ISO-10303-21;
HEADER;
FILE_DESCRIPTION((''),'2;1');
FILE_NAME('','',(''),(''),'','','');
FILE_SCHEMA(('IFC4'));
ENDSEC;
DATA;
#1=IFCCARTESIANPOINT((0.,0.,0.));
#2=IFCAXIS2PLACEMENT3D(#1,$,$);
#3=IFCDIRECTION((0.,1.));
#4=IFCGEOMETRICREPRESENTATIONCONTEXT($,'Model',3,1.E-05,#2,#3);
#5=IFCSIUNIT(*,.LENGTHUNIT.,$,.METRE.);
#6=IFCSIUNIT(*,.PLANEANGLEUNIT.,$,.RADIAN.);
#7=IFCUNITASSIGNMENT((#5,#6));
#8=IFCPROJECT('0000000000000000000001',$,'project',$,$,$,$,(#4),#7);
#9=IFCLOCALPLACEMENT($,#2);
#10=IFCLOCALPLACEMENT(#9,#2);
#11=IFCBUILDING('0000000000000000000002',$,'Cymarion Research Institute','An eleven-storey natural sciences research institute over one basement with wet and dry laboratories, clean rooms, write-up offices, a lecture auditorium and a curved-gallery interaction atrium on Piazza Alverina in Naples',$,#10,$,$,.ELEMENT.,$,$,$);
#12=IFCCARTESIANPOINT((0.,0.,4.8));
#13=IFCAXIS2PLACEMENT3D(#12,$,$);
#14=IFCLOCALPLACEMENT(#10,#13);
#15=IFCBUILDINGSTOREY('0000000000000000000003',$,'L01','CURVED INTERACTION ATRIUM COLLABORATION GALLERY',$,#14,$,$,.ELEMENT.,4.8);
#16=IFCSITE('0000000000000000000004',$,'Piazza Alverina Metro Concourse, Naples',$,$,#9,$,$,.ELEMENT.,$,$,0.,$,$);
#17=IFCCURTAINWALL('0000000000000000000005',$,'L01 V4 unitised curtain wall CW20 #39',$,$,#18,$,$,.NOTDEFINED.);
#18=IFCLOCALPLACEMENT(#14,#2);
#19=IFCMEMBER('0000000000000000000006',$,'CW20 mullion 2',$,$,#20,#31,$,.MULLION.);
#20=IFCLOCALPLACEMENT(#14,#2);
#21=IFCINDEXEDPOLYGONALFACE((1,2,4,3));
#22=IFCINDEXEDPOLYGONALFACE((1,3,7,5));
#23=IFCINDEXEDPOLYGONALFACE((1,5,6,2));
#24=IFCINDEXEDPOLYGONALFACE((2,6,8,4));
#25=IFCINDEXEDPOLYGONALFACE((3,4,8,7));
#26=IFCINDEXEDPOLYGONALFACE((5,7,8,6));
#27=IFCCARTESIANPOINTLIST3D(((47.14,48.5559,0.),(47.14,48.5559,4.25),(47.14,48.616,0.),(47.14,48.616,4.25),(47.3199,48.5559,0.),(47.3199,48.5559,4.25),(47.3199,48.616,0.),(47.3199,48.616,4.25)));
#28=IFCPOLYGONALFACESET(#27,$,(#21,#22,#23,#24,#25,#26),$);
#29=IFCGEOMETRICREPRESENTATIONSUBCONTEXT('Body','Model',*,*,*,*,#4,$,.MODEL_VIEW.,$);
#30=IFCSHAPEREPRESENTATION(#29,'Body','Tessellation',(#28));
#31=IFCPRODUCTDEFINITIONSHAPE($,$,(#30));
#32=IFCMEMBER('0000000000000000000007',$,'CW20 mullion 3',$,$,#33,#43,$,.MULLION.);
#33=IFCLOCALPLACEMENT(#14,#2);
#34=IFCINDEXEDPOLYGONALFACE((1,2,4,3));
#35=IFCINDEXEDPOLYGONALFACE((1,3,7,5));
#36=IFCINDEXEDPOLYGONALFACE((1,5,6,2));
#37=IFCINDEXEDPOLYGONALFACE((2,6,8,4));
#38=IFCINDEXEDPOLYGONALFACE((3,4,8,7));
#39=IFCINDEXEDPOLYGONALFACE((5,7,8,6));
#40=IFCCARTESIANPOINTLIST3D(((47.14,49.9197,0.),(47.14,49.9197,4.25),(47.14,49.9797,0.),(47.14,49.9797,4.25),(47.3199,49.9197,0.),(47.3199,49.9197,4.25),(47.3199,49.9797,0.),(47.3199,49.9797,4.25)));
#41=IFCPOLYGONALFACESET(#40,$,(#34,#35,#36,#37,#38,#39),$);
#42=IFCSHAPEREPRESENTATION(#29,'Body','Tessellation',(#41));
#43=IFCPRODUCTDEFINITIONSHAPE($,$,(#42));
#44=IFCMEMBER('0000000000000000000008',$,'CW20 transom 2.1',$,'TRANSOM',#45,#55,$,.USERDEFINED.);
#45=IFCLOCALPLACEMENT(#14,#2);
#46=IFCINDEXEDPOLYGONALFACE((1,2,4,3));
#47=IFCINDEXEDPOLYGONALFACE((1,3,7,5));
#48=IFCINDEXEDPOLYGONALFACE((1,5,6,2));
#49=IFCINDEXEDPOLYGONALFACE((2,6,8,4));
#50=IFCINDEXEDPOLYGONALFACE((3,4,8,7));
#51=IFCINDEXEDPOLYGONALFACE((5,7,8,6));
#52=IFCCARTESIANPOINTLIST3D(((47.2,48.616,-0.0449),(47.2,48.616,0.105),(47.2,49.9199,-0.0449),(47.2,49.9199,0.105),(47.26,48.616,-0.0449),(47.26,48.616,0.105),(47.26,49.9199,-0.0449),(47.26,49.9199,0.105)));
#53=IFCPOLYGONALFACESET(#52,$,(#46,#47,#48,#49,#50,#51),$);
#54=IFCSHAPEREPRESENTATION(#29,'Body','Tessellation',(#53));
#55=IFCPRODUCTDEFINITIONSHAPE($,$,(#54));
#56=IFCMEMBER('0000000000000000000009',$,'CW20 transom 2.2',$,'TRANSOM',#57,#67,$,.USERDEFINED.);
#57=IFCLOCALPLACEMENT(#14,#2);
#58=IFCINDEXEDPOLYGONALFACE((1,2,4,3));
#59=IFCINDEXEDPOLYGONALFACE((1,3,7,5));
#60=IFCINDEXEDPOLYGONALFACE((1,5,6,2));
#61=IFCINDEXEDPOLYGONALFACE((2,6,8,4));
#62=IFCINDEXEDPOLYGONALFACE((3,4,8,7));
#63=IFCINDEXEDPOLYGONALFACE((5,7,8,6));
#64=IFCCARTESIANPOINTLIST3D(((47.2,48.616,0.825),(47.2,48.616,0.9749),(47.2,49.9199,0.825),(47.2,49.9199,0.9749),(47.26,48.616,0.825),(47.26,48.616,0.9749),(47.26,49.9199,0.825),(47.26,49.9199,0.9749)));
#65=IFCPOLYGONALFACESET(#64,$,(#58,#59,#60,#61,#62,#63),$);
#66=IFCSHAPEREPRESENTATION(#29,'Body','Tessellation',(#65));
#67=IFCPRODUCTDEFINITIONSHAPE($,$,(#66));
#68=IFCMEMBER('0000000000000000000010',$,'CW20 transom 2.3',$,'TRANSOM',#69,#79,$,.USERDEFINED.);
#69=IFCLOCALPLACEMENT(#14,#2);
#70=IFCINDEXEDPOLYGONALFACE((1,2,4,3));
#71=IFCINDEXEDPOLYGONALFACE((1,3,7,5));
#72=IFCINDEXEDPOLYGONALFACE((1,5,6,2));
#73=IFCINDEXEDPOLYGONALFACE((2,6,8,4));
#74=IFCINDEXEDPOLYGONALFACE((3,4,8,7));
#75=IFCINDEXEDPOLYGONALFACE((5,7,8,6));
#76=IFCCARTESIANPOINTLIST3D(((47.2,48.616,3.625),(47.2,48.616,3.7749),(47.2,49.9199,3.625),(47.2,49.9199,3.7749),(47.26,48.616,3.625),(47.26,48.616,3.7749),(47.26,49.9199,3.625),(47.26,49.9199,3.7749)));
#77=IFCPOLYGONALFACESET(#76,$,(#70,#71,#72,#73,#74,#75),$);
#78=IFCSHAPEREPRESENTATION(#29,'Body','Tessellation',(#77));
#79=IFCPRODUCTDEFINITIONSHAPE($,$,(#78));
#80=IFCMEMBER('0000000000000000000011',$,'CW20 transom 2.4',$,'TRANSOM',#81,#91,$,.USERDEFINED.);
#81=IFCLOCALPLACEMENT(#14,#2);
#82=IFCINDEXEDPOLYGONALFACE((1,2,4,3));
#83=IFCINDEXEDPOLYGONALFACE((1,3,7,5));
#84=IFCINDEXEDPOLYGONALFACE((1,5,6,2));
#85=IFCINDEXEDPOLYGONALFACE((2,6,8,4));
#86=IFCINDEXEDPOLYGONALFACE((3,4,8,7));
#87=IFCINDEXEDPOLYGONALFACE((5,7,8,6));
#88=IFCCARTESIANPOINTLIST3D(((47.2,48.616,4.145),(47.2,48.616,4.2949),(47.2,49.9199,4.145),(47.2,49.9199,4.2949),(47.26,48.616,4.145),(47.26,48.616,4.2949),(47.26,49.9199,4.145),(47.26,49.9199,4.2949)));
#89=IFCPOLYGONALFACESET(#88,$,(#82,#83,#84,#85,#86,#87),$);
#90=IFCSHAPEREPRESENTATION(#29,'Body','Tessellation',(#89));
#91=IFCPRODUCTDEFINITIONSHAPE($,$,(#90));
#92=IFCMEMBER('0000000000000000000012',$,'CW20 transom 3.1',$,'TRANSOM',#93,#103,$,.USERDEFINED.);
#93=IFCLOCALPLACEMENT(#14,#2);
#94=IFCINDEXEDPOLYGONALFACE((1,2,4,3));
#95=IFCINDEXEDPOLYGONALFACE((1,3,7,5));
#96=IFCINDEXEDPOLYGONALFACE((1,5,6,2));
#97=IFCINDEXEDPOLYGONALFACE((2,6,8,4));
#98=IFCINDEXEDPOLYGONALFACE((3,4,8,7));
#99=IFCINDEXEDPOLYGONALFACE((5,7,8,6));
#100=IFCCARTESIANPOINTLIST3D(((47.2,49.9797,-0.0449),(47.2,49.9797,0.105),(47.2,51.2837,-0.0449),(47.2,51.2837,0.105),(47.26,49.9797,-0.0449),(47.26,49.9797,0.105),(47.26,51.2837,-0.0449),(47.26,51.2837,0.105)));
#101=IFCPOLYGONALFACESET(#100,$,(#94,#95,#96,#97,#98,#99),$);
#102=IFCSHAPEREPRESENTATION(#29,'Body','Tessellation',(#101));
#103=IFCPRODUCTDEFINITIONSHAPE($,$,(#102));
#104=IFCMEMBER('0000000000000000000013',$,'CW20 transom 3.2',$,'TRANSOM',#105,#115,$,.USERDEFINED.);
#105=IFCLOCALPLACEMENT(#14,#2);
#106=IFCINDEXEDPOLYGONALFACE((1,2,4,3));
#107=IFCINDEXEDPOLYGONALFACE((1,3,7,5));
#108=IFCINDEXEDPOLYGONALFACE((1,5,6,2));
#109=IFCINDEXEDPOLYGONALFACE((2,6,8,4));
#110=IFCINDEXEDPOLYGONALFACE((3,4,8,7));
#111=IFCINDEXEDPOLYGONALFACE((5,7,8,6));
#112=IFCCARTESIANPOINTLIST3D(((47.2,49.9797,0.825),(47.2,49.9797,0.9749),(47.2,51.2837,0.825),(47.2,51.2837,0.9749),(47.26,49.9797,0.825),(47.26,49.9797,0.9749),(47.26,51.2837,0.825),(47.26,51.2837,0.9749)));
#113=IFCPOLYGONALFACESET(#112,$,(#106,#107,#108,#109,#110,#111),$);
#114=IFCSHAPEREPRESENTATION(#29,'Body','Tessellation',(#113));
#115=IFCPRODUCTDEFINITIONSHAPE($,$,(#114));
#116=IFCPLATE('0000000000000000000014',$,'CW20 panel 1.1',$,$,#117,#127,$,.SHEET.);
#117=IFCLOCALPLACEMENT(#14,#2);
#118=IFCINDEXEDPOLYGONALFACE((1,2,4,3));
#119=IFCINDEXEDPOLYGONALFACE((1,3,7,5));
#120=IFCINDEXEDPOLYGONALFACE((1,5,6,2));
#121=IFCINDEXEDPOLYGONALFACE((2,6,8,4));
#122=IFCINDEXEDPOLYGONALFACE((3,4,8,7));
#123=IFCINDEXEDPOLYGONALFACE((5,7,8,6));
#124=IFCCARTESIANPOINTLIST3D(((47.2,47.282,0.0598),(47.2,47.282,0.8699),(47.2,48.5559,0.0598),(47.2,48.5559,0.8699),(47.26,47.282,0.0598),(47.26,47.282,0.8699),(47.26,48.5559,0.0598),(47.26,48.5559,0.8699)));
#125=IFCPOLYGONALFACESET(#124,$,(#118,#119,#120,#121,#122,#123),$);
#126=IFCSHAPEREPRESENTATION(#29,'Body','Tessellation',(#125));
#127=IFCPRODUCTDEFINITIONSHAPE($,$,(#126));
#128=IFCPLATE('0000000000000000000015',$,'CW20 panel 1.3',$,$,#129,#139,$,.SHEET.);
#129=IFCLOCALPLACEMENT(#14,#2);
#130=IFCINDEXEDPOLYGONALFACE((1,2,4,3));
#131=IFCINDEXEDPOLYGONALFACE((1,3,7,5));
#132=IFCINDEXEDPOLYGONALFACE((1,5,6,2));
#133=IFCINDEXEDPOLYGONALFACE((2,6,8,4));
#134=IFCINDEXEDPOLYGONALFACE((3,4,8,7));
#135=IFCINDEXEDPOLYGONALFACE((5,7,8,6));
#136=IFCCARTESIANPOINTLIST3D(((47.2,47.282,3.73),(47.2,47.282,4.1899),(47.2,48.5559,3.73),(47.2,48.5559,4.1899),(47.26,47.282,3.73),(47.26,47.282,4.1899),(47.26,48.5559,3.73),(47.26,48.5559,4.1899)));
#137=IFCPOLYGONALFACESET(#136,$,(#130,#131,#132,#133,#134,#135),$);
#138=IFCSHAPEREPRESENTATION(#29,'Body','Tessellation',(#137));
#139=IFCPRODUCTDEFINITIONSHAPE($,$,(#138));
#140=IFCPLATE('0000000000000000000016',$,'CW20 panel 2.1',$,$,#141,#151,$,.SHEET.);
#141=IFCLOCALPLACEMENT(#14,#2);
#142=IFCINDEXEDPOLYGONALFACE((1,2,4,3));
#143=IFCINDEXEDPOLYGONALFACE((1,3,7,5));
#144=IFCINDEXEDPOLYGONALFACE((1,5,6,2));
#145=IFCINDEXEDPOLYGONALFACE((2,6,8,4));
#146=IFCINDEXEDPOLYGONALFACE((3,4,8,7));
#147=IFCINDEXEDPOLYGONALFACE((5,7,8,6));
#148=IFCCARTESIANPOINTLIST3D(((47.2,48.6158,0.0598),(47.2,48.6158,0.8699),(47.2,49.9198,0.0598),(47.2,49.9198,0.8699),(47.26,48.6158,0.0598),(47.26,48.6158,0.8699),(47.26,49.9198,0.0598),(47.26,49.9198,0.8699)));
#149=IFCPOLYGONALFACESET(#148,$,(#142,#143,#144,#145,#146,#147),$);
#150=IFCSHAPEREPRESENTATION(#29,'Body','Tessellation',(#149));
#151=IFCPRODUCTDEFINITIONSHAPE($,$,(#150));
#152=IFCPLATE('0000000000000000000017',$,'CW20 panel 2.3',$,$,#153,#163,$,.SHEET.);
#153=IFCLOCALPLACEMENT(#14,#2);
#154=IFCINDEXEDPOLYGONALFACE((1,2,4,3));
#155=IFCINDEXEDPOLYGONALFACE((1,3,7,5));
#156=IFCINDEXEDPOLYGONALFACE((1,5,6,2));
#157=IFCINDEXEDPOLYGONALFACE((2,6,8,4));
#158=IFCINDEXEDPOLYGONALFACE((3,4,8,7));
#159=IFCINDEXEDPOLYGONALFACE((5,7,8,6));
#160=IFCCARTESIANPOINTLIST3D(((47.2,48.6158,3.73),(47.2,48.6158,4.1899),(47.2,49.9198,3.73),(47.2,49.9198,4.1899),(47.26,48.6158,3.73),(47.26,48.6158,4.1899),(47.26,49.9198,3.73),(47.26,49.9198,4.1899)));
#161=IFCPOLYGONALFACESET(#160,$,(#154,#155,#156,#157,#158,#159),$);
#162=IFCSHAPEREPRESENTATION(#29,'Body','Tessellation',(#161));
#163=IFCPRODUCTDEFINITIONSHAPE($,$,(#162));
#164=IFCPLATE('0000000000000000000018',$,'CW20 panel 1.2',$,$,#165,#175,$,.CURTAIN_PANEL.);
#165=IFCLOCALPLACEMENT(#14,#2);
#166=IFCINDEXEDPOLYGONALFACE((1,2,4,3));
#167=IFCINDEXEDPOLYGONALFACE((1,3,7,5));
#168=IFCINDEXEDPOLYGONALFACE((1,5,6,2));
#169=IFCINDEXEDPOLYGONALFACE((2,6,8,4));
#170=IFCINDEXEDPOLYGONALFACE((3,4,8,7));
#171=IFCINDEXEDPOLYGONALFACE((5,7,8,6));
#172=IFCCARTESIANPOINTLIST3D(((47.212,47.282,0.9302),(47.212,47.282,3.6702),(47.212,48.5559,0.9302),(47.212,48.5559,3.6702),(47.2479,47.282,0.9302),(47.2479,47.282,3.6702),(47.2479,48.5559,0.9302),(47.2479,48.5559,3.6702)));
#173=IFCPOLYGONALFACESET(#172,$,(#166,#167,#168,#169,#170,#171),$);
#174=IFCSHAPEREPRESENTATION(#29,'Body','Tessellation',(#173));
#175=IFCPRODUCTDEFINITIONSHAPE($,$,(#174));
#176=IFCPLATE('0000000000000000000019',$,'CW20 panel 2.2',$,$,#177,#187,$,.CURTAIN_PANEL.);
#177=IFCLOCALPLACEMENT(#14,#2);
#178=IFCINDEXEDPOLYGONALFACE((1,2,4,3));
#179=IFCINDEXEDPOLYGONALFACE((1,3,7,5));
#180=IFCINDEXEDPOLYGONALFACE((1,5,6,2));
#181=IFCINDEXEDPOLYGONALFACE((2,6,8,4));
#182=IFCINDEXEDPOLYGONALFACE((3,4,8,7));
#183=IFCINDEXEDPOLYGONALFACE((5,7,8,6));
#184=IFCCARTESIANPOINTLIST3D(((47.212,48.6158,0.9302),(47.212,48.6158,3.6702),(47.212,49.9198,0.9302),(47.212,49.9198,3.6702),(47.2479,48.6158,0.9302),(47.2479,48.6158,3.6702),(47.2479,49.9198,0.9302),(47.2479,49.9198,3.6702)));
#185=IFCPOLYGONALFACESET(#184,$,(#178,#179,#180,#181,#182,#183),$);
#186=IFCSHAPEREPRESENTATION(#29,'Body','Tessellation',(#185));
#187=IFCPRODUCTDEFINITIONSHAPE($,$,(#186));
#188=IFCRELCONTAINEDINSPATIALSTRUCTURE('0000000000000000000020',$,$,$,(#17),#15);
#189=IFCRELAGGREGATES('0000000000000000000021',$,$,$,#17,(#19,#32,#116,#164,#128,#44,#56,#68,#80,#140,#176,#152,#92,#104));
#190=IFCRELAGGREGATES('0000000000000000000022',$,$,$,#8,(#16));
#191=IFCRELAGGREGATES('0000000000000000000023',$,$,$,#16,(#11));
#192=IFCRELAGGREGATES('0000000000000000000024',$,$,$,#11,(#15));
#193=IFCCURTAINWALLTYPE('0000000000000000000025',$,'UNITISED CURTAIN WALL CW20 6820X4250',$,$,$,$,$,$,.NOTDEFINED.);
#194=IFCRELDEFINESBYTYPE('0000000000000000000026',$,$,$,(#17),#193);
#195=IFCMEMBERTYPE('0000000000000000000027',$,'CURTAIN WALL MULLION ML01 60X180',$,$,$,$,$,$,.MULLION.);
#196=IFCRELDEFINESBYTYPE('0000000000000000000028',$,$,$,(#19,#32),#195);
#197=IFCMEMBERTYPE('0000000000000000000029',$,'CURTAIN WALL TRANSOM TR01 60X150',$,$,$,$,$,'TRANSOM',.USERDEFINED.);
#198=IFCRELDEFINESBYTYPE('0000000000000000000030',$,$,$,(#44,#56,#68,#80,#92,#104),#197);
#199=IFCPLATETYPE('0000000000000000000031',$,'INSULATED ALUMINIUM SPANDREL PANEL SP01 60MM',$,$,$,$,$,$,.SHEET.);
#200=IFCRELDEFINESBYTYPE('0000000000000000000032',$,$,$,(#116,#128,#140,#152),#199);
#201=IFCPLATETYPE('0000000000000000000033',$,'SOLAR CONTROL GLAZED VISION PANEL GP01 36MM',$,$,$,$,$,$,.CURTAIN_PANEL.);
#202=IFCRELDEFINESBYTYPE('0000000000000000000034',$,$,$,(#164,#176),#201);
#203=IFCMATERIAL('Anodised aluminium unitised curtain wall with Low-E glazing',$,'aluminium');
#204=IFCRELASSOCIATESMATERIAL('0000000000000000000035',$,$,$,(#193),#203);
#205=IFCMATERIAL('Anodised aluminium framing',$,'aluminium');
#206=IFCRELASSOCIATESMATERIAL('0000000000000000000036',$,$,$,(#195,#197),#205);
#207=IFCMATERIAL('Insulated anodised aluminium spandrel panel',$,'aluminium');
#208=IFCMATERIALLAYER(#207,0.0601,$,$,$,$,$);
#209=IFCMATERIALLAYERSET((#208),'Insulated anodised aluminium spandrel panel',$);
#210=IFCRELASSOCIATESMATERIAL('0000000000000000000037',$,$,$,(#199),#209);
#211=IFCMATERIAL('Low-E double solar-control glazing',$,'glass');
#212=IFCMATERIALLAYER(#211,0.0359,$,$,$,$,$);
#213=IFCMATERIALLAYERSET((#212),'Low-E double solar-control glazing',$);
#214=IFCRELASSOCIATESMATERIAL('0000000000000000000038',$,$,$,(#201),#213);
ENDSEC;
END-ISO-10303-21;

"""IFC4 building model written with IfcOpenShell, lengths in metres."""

from ifc_helpers import new_model, si_unit, direction, frame, origin, origin_2d, place, context, subcontext, project, spatial, rectangle, extrude, material, layer, layer_set, material_profile, profile_set, type_object, element, aggregate, save


model = new_model("IFC4")

# Units and contexts
model_context = context("Model", 3, precision=1e-05, world=origin(), true_north=direction((0.0, 1.0)))
body_context = subcontext(model_context, "Body", "Model", "MODEL_VIEW")
ifc_project = project(units=[si_unit("LENGTHUNIT", "METRE"), si_unit("PLANEANGLEUNIT", "RADIAN")], contexts=[model_context])

# Site, building, storey
site_placement = place(None, origin())
site = spatial("IfcSite", under=ifc_project, at=site_placement, Name="Piazza Alverina Metro Concourse, Naples", CompositionType="ELEMENT", RefElevation=0.0)
building_placement = place(site_placement, origin())
building = spatial("IfcBuilding", under=site, at=building_placement, Name="Cymarion Research Institute", Description="An eleven-storey natural sciences research institute over one basement with wet and dry laboratories, clean rooms, write-up offices, a lecture auditorium and a curved-gallery interaction atrium on Piazza Alverina in Naples", CompositionType="ELEMENT")
storey_placement = place(building_placement, frame((0.0, 0.0, 4.8)))
storey = spatial("IfcBuildingStorey", under=building, at=storey_placement, Name="L01", Description="CURVED INTERACTION ATRIUM COLLABORATION GALLERY", CompositionType="ELEMENT", Elevation=4.8)

# Curtain wall, members, plates
ifc_material_1 = material(Name="Anodised aluminium unitised curtain wall with Low-E glazing", Category="aluminium")
curtain_wall_type = type_object("IfcCurtainWallType", Name="UNITISED CURTAIN WALL CW20 6820X4250", PredefinedType="NOTDEFINED", material=ifc_material_1)
curtain_wall_placement = place(storey_placement, origin())
curtain_wall = element("IfcCurtainWall", 1, at=curtain_wall_placement, inside=storey, type_object=curtain_wall_type, Name="L01 V4 unitised curtain wall CW20 #39", PredefinedType="NOTDEFINED")
ifc_material_2 = material(Name="Anodised aluminium framing", Category="aluminium")
ifc_material_profile_1 = material_profile(ifc_material_2, rectangle(XDim=0.0601, YDim=0.1799, at=origin_2d()), Name="ALU MULLION 60x180")
ifc_profile_set_1 = profile_set([ifc_material_profile_1], Name="Anodised aluminium framing")
member_type_1 = type_object("IfcMemberType", Name="CURTAIN WALL MULLION ML01 60X180", PredefinedType="MULLION", material=ifc_profile_set_1)
member_1_placement = place(storey_placement, frame((47.23, 48.5859, 0.0), z_axis=(0.0, 0.0, 1.0), x_axis=(0.0, 1.0, 0.0)))
member_1 = element("IfcMember", 2, at=member_1_placement, type_object=member_type_1, Name="CW20 mullion 2", PredefinedType="MULLION", context=body_context, shape_type="SweptSolid", body=[
    extrude(rectangle(XDim=0.0601, YDim=0.1799, at=origin_2d()), origin(), (0.0, 0.0, 1.0), 4.25),
])
member_2_placement = place(storey_placement, frame((47.23, 49.9497, 0.0), z_axis=(0.0, 0.0, 1.0), x_axis=(0.0, 1.0, 0.0)))
member_2 = element("IfcMember", 3, at=member_2_placement, type_object=member_type_1, Name="CW20 mullion 3", PredefinedType="MULLION", context=body_context, shape_type="SweptSolid", body=[
    extrude(rectangle(XDim=0.0601, YDim=0.1799, at=origin_2d()), origin(), (0.0, 0.0, 1.0), 4.25),
])
ifc_material_profile_2 = material_profile(ifc_material_2, rectangle(XDim=0.0601, YDim=0.1499, at=origin_2d()), Name="ALU TRANSOM 60x150")
ifc_profile_set_2 = profile_set([ifc_material_profile_2], Name="Anodised aluminium framing")
member_type_2 = type_object("IfcMemberType", Name="CURTAIN WALL TRANSOM TR01 60X150", ElementType="TRANSOM", PredefinedType="USERDEFINED", material=ifc_profile_set_2)
member_3_placement = place(storey_placement, frame((47.23, 48.616, 0.03), z_axis=(0.0, 1.0, 0.0), x_axis=(-1.0, 0.0, 0.0)))
member_3 = element("IfcMember", 4, at=member_3_placement, type_object=member_type_2, Name="CW20 transom 2.1", ObjectType="TRANSOM", PredefinedType="USERDEFINED", context=body_context, shape_type="SweptSolid", body=[
    extrude(rectangle(XDim=0.0601, YDim=0.1499, at=origin_2d()), origin(), (0.0, 0.0, 1.0), 1.304),
])
member_4_placement = place(storey_placement, frame((47.23, 48.616, 0.8999), z_axis=(0.0, 1.0, 0.0), x_axis=(-1.0, 0.0, 0.0)))
member_4 = element("IfcMember", 5, at=member_4_placement, type_object=member_type_2, Name="CW20 transom 2.2", ObjectType="TRANSOM", PredefinedType="USERDEFINED", context=body_context, shape_type="SweptSolid", body=[
    extrude(rectangle(XDim=0.0601, YDim=0.1499, at=origin_2d()), origin(), (0.0, 0.0, 1.0), 1.304),
])
member_5_placement = place(storey_placement, frame((47.23, 48.616, 3.7), z_axis=(0.0, 1.0, 0.0), x_axis=(-1.0, 0.0, 0.0)))
member_5 = element("IfcMember", 6, at=member_5_placement, type_object=member_type_2, Name="CW20 transom 2.3", ObjectType="TRANSOM", PredefinedType="USERDEFINED", context=body_context, shape_type="SweptSolid", body=[
    extrude(rectangle(XDim=0.0601, YDim=0.1499, at=origin_2d()), origin(), (0.0, 0.0, 1.0), 1.304),
])
member_6_placement = place(storey_placement, frame((47.23, 48.616, 4.22), z_axis=(0.0, 1.0, 0.0), x_axis=(-1.0, 0.0, 0.0)))
member_6 = element("IfcMember", 7, at=member_6_placement, type_object=member_type_2, Name="CW20 transom 2.4", ObjectType="TRANSOM", PredefinedType="USERDEFINED", context=body_context, shape_type="SweptSolid", body=[
    extrude(rectangle(XDim=0.0601, YDim=0.1499, at=origin_2d()), origin(), (0.0, 0.0, 1.0), 1.304),
])
member_7_placement = place(storey_placement, frame((47.23, 49.9797, 0.03), z_axis=(0.0, 1.0, 0.0), x_axis=(-1.0, 0.0, 0.0)))
member_7 = element("IfcMember", 8, at=member_7_placement, type_object=member_type_2, Name="CW20 transom 3.1", ObjectType="TRANSOM", PredefinedType="USERDEFINED", context=body_context, shape_type="SweptSolid", body=[
    extrude(rectangle(XDim=0.0601, YDim=0.1499, at=origin_2d()), origin(), (0.0, 0.0, 1.0), 1.304),
])
member_8_placement = place(storey_placement, frame((47.23, 49.9797, 0.8999), z_axis=(0.0, 1.0, 0.0), x_axis=(-1.0, 0.0, 0.0)))
member_8 = element("IfcMember", 9, at=member_8_placement, type_object=member_type_2, Name="CW20 transom 3.2", ObjectType="TRANSOM", PredefinedType="USERDEFINED", context=body_context, shape_type="SweptSolid", body=[
    extrude(rectangle(XDim=0.0601, YDim=0.1499, at=origin_2d()), origin(), (0.0, 0.0, 1.0), 1.304),
])
ifc_material_3 = material(Name="Insulated anodised aluminium spandrel panel", Category="aluminium")
ifc_layer_1 = layer(ifc_material_3, 0.0601)
ifc_layer_set_1 = layer_set([ifc_layer_1], Name="Insulated anodised aluminium spandrel panel")
plate_type_1 = type_object("IfcPlateType", Name="INSULATED ALUMINIUM SPANDREL PANEL SP01 60MM", PredefinedType="SHEET", material=ifc_layer_set_1)
plate_1_placement = place(storey_placement, frame((47.23, 47.9189, 0.0598), z_axis=(0.0, 0.0, 1.0), x_axis=(0.0, 1.0, 0.0)))
plate_1 = element("IfcPlate", 10, at=plate_1_placement, type_object=plate_type_1, Name="CW20 panel 1.1", PredefinedType="SHEET", context=body_context, shape_type="SweptSolid", body=[
    extrude(rectangle(XDim=1.2739, YDim=0.0601, at=origin_2d()), origin(), (0.0, 0.0, 1.0), 0.8101),
])
plate_2_placement = place(storey_placement, frame((47.23, 47.9189, 3.73), z_axis=(0.0, 0.0, 1.0), x_axis=(0.0, 1.0, 0.0)))
plate_2 = element("IfcPlate", 11, at=plate_2_placement, type_object=plate_type_1, Name="CW20 panel 1.3", PredefinedType="SHEET", context=body_context, shape_type="SweptSolid", body=[
    extrude(rectangle(XDim=1.2739, YDim=0.0601, at=origin_2d()), origin(), (0.0, 0.0, 1.0), 0.46),
])
plate_3_placement = place(storey_placement, frame((47.23, 49.2678, 0.0598), z_axis=(0.0, 0.0, 1.0), x_axis=(0.0, 1.0, 0.0)))
plate_3 = element("IfcPlate", 12, at=plate_3_placement, type_object=plate_type_1, Name="CW20 panel 2.1", PredefinedType="SHEET", context=body_context, shape_type="SweptSolid", body=[
    extrude(rectangle(XDim=1.304, YDim=0.0601, at=origin_2d()), origin(), (0.0, 0.0, 1.0), 0.8101),
])
plate_4_placement = place(storey_placement, frame((47.23, 49.2678, 3.73), z_axis=(0.0, 0.0, 1.0), x_axis=(0.0, 1.0, 0.0)))
plate_4 = element("IfcPlate", 13, at=plate_4_placement, type_object=plate_type_1, Name="CW20 panel 2.3", PredefinedType="SHEET", context=body_context, shape_type="SweptSolid", body=[
    extrude(rectangle(XDim=1.304, YDim=0.0601, at=origin_2d()), origin(), (0.0, 0.0, 1.0), 0.46),
])
ifc_material_4 = material(Name="Low-E double solar-control glazing", Category="glass")
ifc_layer_2 = layer(ifc_material_4, 0.0359)
ifc_layer_set_2 = layer_set([ifc_layer_2], Name="Low-E double solar-control glazing")
plate_type_2 = type_object("IfcPlateType", Name="SOLAR CONTROL GLAZED VISION PANEL GP01 36MM", PredefinedType="CURTAIN_PANEL", material=ifc_layer_set_2)
plate_5_placement = place(storey_placement, frame((47.23, 47.9189, 0.9302), z_axis=(0.0, 0.0, 1.0), x_axis=(0.0, 1.0, 0.0)))
plate_5 = element("IfcPlate", 14, at=plate_5_placement, type_object=plate_type_2, Name="CW20 panel 1.2", PredefinedType="CURTAIN_PANEL", context=body_context, shape_type="SweptSolid", body=[
    extrude(rectangle(XDim=1.2739, YDim=0.0359, at=origin_2d()), origin(), (0.0, 0.0, 1.0), 2.74),
])
plate_6_placement = place(storey_placement, frame((47.23, 49.2678, 0.9302), z_axis=(0.0, 0.0, 1.0), x_axis=(0.0, 1.0, 0.0)))
plate_6 = element("IfcPlate", 15, at=plate_6_placement, type_object=plate_type_2, Name="CW20 panel 2.2", PredefinedType="CURTAIN_PANEL", context=body_context, shape_type="SweptSolid", body=[
    extrude(rectangle(XDim=1.304, YDim=0.0359, at=origin_2d()), origin(), (0.0, 0.0, 1.0), 2.74),
])
aggregate(curtain_wall, [member_1, member_2, plate_1, plate_5, plate_2, member_3, member_4, member_5, member_6, plate_3, plate_6, plate_4, member_7, member_8])

save(model, "model.ifc")
